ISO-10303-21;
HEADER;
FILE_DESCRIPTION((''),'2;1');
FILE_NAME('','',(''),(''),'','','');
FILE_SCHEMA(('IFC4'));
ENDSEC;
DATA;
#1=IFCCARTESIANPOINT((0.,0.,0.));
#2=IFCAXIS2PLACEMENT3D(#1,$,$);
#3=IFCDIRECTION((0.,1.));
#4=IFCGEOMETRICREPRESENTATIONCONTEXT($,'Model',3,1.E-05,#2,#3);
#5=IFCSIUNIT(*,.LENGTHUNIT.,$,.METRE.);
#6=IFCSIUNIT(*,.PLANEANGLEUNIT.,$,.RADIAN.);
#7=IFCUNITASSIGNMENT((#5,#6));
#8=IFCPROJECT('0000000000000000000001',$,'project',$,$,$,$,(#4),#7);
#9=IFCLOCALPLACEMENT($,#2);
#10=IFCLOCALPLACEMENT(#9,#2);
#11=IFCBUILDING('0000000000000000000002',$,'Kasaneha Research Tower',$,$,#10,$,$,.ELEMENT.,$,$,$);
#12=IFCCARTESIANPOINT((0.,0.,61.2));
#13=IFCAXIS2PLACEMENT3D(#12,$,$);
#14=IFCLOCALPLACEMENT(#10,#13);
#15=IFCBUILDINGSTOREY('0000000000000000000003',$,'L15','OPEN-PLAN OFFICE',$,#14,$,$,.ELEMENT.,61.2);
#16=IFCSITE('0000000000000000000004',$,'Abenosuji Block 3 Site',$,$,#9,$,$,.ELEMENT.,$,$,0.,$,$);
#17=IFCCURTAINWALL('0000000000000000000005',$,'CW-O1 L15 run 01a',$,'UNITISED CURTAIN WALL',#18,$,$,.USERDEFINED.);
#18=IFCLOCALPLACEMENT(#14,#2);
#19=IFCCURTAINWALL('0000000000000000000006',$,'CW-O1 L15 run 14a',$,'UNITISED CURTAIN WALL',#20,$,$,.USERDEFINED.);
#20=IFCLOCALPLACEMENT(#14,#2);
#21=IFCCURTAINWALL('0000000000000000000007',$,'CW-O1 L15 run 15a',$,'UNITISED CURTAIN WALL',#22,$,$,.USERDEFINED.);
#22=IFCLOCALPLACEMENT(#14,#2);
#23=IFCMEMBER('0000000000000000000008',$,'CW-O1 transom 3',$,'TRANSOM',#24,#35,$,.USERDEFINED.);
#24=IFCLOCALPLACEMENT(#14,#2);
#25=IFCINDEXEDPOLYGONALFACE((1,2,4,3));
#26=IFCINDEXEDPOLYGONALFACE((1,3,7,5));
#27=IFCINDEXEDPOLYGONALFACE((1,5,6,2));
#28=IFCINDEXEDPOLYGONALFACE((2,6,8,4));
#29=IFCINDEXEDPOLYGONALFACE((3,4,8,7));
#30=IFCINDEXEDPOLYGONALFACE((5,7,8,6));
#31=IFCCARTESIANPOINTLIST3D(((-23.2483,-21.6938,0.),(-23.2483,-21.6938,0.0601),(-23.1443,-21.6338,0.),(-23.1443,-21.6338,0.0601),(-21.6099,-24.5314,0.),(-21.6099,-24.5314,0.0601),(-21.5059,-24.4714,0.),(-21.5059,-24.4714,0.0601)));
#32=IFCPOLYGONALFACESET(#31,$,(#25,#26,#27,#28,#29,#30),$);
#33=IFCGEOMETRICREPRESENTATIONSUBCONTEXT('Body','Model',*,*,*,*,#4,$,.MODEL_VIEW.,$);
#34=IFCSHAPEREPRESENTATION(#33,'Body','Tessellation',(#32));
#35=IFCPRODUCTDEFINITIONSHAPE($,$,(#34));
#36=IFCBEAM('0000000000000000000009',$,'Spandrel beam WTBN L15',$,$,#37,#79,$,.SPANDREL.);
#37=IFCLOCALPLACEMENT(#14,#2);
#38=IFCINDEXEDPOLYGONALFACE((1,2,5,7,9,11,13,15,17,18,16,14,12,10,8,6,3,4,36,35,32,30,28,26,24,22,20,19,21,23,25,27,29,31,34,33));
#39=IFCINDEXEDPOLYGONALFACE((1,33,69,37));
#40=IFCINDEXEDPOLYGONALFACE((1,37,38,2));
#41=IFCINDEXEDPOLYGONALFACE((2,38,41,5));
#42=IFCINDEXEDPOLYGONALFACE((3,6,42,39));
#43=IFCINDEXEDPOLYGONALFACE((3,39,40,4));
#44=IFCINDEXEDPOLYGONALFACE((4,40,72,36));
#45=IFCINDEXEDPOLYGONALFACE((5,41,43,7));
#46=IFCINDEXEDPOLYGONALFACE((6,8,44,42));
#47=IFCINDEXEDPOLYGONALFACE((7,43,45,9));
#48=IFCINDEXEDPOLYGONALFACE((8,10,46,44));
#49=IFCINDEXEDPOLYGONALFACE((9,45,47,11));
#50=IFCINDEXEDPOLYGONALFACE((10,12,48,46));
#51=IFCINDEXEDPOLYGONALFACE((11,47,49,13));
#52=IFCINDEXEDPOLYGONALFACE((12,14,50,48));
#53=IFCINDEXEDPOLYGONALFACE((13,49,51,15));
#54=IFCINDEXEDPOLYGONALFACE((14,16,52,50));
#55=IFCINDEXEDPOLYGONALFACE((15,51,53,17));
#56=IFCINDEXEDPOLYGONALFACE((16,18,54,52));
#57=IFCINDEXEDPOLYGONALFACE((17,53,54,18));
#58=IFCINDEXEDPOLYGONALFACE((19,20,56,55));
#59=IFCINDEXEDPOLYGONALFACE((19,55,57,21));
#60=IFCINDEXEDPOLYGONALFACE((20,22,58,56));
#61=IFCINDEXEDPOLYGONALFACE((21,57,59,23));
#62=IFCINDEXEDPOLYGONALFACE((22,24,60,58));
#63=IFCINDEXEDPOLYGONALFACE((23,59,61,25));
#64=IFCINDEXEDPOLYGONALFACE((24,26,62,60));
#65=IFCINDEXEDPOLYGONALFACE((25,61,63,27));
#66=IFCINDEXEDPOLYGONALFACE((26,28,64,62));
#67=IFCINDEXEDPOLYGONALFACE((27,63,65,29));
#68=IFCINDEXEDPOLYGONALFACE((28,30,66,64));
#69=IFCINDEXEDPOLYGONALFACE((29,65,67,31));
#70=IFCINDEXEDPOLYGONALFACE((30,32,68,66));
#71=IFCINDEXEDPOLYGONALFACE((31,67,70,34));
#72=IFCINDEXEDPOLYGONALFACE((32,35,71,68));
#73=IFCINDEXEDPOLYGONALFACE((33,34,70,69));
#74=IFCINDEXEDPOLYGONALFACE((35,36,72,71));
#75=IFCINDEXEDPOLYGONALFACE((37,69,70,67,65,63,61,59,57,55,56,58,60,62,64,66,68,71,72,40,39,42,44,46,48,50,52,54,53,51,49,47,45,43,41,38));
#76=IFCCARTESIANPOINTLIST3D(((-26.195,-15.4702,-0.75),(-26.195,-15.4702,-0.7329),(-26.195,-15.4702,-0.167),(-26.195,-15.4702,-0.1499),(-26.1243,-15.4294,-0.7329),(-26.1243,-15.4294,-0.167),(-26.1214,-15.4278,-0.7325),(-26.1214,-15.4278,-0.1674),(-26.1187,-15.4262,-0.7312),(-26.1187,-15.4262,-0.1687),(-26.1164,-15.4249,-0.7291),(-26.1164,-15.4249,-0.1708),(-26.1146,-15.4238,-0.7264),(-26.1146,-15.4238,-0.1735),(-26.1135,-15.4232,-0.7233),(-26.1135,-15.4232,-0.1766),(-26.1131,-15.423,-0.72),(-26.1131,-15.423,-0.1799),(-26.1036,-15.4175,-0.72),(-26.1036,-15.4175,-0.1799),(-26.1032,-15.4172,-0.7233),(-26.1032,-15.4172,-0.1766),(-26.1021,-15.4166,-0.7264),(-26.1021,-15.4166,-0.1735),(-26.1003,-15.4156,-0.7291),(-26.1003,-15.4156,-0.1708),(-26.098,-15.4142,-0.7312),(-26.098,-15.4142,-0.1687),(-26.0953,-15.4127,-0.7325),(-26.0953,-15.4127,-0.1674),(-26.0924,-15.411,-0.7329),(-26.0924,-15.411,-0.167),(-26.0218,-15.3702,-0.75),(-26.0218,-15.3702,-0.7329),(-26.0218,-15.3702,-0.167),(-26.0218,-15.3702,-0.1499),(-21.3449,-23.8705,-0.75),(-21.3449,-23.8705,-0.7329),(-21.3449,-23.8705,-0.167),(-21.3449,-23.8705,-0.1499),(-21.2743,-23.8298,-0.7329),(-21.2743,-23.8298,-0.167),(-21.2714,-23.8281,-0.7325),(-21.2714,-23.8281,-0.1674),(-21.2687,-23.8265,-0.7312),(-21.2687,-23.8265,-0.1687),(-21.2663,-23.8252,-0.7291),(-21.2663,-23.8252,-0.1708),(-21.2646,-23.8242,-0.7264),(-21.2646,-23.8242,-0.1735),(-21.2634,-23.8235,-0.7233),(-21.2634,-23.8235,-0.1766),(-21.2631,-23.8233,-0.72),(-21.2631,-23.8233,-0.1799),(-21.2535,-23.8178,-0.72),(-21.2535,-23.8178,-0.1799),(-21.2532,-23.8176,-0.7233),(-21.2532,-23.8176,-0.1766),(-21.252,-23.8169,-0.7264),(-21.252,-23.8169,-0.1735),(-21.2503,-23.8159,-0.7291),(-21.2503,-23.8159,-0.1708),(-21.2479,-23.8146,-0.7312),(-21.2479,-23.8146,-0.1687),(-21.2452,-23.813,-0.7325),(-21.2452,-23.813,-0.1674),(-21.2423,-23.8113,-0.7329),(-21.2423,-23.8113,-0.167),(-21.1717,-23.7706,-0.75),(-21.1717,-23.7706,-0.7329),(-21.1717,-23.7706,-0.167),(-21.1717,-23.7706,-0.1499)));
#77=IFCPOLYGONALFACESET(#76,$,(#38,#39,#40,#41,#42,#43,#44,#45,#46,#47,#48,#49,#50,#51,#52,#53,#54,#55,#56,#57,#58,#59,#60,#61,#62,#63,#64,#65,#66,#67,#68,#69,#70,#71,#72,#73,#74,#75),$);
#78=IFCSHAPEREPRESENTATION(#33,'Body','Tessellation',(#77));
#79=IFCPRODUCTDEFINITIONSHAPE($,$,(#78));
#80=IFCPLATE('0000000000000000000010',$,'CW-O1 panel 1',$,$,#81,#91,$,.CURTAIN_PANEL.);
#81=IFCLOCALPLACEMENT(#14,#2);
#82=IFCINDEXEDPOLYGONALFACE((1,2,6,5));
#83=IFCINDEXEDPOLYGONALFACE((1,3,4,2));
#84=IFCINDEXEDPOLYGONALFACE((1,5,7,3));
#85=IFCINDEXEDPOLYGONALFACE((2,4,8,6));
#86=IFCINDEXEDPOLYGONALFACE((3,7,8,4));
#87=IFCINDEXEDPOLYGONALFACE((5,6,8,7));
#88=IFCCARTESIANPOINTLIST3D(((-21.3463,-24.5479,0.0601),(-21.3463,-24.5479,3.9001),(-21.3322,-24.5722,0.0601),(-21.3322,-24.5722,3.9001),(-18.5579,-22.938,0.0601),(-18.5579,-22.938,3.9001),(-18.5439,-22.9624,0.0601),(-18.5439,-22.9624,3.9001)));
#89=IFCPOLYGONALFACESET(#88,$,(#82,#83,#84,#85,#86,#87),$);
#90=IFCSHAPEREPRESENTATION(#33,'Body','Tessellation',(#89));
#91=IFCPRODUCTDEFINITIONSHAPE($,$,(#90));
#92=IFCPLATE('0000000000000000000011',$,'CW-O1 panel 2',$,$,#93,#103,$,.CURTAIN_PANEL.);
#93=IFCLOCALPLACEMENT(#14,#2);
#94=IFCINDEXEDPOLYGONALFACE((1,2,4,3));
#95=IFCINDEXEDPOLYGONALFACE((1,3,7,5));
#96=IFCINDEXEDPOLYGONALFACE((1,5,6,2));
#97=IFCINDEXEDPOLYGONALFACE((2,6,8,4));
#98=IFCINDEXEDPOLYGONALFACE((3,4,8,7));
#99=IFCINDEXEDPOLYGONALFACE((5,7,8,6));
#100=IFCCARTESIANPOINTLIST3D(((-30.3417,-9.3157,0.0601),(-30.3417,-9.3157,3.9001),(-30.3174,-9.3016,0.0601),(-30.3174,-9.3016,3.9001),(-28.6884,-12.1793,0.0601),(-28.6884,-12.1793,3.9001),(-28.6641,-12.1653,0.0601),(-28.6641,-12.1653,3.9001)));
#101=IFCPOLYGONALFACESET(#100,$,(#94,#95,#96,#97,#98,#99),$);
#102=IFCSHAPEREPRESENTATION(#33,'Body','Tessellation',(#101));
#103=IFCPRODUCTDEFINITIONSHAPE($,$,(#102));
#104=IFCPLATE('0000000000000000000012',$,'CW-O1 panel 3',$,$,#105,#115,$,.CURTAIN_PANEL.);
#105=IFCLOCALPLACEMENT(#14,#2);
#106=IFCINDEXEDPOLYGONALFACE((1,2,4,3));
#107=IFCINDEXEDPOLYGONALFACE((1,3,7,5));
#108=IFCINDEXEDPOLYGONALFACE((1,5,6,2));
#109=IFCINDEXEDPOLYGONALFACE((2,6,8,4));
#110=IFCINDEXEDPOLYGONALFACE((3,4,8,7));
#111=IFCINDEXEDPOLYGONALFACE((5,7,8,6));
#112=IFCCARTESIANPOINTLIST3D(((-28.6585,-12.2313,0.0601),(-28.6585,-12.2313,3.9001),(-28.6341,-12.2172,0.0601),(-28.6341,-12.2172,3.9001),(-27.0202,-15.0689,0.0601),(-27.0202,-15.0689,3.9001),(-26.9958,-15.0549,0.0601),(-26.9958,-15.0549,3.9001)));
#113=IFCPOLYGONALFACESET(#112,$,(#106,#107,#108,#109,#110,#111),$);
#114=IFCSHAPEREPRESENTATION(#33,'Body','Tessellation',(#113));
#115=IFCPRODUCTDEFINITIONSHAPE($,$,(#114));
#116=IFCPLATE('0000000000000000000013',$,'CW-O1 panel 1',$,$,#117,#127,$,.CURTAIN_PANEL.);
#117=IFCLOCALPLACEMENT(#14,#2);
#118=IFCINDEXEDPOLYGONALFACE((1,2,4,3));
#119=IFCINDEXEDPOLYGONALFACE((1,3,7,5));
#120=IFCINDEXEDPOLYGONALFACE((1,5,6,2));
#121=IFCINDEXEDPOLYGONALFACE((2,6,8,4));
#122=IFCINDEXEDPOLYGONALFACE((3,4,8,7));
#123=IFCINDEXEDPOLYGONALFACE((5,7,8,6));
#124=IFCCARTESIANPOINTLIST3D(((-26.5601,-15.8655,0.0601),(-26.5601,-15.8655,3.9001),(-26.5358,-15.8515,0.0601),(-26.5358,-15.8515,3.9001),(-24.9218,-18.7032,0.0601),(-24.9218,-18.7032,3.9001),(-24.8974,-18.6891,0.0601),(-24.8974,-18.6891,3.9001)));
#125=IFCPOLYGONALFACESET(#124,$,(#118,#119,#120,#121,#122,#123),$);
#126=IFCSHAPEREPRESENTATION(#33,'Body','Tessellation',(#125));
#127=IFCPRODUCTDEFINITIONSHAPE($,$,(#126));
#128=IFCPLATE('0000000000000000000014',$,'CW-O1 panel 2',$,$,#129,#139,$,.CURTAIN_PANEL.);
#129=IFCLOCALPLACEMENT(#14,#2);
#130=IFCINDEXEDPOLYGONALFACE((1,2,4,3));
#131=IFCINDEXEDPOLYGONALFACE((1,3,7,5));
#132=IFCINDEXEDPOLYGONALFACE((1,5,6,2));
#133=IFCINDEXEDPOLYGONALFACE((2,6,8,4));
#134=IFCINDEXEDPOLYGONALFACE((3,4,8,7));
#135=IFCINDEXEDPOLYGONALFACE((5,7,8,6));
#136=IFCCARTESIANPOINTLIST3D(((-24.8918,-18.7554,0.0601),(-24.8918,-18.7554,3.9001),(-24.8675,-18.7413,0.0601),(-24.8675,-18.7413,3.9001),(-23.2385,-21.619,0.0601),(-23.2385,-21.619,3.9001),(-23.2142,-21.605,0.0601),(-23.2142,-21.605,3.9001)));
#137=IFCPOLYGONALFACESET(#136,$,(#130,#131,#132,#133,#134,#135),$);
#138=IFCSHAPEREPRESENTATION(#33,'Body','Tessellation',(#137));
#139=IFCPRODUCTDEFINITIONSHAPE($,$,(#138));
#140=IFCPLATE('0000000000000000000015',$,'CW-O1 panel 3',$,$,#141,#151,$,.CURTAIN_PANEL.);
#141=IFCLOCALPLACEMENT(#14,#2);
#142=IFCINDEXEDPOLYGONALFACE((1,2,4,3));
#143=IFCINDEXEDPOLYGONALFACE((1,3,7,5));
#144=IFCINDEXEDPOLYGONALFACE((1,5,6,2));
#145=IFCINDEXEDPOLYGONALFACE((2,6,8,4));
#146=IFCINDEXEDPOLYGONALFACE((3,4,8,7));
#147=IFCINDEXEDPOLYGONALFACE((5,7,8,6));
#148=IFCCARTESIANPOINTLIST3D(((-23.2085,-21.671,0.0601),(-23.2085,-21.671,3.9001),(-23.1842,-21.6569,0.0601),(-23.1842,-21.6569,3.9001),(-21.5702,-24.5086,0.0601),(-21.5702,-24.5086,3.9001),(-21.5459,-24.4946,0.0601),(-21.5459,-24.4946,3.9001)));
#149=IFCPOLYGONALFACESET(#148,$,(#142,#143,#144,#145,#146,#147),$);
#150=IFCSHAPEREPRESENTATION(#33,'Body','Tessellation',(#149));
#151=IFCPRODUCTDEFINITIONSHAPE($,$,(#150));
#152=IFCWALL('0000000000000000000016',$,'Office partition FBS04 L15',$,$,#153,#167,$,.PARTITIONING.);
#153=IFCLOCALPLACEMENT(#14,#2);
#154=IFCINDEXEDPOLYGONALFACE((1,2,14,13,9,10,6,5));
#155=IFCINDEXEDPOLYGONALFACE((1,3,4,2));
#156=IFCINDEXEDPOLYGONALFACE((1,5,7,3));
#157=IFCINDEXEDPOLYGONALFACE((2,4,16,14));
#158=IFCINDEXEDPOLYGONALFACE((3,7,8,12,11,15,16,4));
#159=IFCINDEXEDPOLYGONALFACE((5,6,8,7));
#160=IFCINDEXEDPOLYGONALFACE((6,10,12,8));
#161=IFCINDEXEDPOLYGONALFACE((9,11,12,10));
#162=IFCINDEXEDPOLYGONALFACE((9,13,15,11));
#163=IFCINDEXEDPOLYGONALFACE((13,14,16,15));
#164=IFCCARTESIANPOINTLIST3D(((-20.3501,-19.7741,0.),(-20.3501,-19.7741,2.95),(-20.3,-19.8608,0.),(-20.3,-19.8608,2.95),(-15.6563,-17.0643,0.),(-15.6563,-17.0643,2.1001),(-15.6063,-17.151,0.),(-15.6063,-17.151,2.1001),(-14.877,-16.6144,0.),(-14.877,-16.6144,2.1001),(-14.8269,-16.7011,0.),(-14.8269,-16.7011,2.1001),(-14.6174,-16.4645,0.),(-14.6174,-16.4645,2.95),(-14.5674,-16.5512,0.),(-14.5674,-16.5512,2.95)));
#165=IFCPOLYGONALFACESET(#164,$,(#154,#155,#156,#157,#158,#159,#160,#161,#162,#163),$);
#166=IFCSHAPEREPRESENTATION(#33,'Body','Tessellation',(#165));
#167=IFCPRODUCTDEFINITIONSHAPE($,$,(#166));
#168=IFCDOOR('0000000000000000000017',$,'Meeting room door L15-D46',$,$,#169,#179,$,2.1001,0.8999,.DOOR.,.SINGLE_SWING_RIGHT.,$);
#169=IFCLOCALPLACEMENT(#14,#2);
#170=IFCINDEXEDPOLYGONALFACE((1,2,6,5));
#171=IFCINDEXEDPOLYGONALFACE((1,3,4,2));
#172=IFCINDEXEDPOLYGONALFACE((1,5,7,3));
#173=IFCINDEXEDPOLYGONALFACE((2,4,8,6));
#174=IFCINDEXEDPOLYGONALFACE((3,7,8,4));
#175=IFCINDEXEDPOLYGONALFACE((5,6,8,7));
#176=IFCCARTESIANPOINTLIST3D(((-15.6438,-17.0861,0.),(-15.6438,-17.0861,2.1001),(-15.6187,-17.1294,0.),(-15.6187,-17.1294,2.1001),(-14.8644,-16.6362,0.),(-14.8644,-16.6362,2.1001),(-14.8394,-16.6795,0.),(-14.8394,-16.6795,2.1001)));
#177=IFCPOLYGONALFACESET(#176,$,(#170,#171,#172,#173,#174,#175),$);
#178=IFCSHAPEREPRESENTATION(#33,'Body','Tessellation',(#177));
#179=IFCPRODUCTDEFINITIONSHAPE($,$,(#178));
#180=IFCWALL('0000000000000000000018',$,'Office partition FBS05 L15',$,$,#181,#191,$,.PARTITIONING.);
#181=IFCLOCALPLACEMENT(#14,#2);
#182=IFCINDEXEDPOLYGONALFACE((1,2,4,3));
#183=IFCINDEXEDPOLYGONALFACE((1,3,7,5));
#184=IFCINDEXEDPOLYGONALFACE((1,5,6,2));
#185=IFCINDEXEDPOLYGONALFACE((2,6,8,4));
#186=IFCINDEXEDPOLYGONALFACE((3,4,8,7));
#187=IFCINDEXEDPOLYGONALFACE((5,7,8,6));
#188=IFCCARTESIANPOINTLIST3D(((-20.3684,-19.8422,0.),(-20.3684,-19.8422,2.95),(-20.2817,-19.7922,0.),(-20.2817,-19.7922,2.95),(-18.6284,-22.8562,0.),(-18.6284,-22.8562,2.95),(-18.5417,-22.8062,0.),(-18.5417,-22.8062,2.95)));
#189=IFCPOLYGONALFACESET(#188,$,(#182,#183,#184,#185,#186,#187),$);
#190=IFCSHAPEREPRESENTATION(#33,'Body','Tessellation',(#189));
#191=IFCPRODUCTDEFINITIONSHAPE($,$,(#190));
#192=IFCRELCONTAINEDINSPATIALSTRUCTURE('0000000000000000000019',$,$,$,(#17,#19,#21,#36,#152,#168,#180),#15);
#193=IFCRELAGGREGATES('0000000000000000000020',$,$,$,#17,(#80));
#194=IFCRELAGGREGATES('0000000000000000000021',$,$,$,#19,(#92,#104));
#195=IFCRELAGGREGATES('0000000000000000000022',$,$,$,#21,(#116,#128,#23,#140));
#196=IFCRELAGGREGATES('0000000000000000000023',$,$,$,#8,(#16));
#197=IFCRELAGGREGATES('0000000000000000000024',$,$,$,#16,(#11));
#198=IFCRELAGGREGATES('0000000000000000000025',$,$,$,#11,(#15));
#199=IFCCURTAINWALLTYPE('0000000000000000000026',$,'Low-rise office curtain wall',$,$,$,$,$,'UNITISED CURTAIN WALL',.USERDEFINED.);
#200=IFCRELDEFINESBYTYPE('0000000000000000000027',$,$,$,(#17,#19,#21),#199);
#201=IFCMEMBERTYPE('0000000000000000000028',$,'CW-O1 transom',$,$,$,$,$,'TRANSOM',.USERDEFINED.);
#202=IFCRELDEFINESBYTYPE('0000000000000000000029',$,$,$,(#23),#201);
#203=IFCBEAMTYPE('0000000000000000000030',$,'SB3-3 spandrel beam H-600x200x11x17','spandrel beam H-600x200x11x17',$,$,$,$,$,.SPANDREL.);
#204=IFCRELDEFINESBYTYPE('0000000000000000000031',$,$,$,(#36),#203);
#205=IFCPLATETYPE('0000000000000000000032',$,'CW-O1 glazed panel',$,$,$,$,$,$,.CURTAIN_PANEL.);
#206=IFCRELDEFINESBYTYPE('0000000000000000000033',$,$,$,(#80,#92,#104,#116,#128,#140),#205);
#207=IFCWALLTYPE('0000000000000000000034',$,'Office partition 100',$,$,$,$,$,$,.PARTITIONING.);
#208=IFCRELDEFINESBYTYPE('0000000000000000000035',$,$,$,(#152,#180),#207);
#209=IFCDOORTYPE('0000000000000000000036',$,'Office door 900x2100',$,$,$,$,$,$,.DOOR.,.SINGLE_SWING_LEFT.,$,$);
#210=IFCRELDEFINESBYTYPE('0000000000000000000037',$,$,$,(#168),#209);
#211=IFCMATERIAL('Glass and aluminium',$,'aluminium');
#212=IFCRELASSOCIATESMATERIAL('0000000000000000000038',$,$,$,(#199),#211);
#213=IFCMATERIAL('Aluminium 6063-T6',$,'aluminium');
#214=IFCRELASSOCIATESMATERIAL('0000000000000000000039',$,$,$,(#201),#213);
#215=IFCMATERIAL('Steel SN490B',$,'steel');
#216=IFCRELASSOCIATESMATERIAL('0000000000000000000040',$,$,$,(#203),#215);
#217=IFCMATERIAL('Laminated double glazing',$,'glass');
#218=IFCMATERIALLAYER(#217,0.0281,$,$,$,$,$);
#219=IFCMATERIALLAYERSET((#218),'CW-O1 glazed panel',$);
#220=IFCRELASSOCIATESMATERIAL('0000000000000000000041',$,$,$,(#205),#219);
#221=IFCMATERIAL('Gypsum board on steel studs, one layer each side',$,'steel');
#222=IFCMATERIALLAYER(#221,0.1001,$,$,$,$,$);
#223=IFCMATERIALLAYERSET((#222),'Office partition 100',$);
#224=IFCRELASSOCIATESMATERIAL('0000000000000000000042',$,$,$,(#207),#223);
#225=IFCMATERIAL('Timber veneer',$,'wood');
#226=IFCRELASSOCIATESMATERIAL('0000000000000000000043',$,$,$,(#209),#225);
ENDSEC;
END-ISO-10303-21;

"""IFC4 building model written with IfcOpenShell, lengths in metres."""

from ifc_helpers import new_model, si_unit, direction, frame, frame_2d, origin, origin_2d, place, context, subcontext, project, spatial, rectangle, i_section, extrude, material, layer, layer_set, material_profile, profile_set, type_object, element, fill, aggregate, save


model = new_model("IFC4")

# Units and contexts
model_context = context("Model", 3, precision=1e-05, world=origin(), true_north=direction((0.0, 1.0)))
body_context = subcontext(model_context, "Body", "Model", "MODEL_VIEW")
ifc_project = project(units=[si_unit("LENGTHUNIT", "METRE"), si_unit("PLANEANGLEUNIT", "RADIAN")], contexts=[model_context])

# Site, building, storey
site_placement = place(None, origin())
site = spatial("IfcSite", under=ifc_project, at=site_placement, Name="Abenosuji Block 3 Site", CompositionType="ELEMENT", RefElevation=0.0)
building_placement = place(site_placement, origin())
building = spatial("IfcBuilding", under=site, at=building_placement, Name="Kasaneha Research Tower", CompositionType="ELEMENT")
storey_placement = place(building_placement, frame((0.0, 0.0, 61.2)))
storey = spatial("IfcBuildingStorey", under=building, at=storey_placement, Name="L15", Description="OPEN-PLAN OFFICE", CompositionType="ELEMENT", Elevation=61.2)

# Curtain wall
ifc_material_1 = material(Name="Glass and aluminium", Category="aluminium")
curtain_wall_type = type_object("IfcCurtainWallType", Name="Low-rise office curtain wall", ElementType="UNITISED CURTAIN WALL", PredefinedType="USERDEFINED", material=ifc_material_1)
curtain_wall_1_placement = place(storey_placement, origin())
curtain_wall_1 = element("IfcCurtainWall", 1, at=curtain_wall_1_placement, inside=storey, type_object=curtain_wall_type, Name="CW-O1 L15 run 01a", ObjectType="UNITISED CURTAIN WALL", PredefinedType="USERDEFINED")

# Curtain walls
curtain_wall_2_placement = place(storey_placement, origin())
curtain_wall_2 = element("IfcCurtainWall", 2, at=curtain_wall_2_placement, inside=storey, type_object=curtain_wall_type, Name="CW-O1 L15 run 14a", ObjectType="UNITISED CURTAIN WALL", PredefinedType="USERDEFINED")
curtain_wall_3_placement = place(storey_placement, origin())
curtain_wall_3 = element("IfcCurtainWall", 3, at=curtain_wall_3_placement, inside=storey, type_object=curtain_wall_type, Name="CW-O1 L15 run 15a", ObjectType="UNITISED CURTAIN WALL", PredefinedType="USERDEFINED")

# Member
ifc_material_2 = material(Name="Aluminium 6063-T6", Category="aluminium")
ifc_material_profile_1 = material_profile(ifc_material_2, rectangle(XDim=0.1201, YDim=0.0601, at=origin_2d()), Name="CW-O1 transom 120x60")
ifc_profile_set_1 = profile_set([ifc_material_profile_1], Name="Aluminium 6063-T6")
member_type_1 = type_object("IfcMemberType", Name="CW-O1 transom", ElementType="TRANSOM", PredefinedType="USERDEFINED", material=ifc_profile_set_1)
member_1_placement = place(storey_placement, frame((-23.1963, -21.6638, 0.03), z_axis=(0.500026, -0.866011, 0.0), x_axis=(0.866011, 0.500026, 0.0)))
member_1 = element("IfcMember", 4, at=member_1_placement, type_object=member_type_1, Name="CW-O1 transom 3", ObjectType="TRANSOM", PredefinedType="USERDEFINED", context=body_context, shape_type="SweptSolid", body=[
    extrude(rectangle(XDim=0.1201, YDim=0.0601, at=origin_2d()), origin(), (0.0, 0.0, 1.0), 3.2766),
])

# Beam
ifc_material_3 = material(Name="Steel SN490B", Category="steel")
ifc_material_profile_2 = material_profile(ifc_material_3, i_section(OverallWidth=0.2, OverallDepth=0.6001, WebThickness=0.011, FlangeThickness=0.0171, FilletRadius=0.0129, at=origin_2d()), Name="H-600x200x11x17")
ifc_profile_set_2 = profile_set([ifc_material_profile_2], Name="Steel SN490B")
beam_type = type_object("IfcBeamType", Name="SB3-3 spandrel beam H-600x200x11x17", Description="spandrel beam H-600x200x11x17", PredefinedType="SPANDREL", material=ifc_profile_set_2)
beam_placement = place(storey_placement, frame((-21.2583, -23.8206, -0.45), z_axis=(-0.50001, 0.86602, 0.0), x_axis=(-0.86602, -0.50001, 0.0)))
element("IfcBeam", 5, at=beam_placement, inside=storey, type_object=beam_type, Name="Spandrel beam WTBN L15", PredefinedType="SPANDREL", context=body_context, shape_type="SweptSolid", body=[
    extrude(i_section(OverallWidth=0.2, OverallDepth=0.6001, WebThickness=0.011, FlangeThickness=0.0171, FilletRadius=0.0129, at=origin_2d()), origin(), (0.0, 0.0, 1.0), 9.7),
])

# Plates
ifc_material_4 = material(Name="Laminated double glazing", Category="glass")
ifc_layer_1 = layer(ifc_material_4, 0.0281)
ifc_layer_set_1 = layer_set([ifc_layer_1], Name="CW-O1 glazed panel")
plate_type = type_object("IfcPlateType", Name="CW-O1 glazed panel", PredefinedType="CURTAIN_PANEL", material=ifc_layer_set_1)
plate_1_placement = place(storey_placement, frame((-19.9451, -23.7551, 0.0601), z_axis=(0.0, 0.0, 1.0), x_axis=(0.866025, 0.5, 0.0)))
plate_1 = element("IfcPlate", 6, at=plate_1_placement, type_object=plate_type, Name="CW-O1 panel 1", PredefinedType="CURTAIN_PANEL", context=body_context, shape_type="SweptSolid", body=[
    extrude(rectangle(XDim=3.2197, YDim=0.0281, at=origin_2d()), origin(), (0.0, 0.0, 1.0), 3.8401),
])
aggregate(curtain_wall_1, [plate_1])
plate_2_placement = place(storey_placement, frame((-29.5029, -10.7405, 0.0601), z_axis=(0.0, 0.0, 1.0), x_axis=(0.5, -0.866025, 0.0)))
plate_2 = element("IfcPlate", 7, at=plate_2_placement, type_object=plate_type, Name="CW-O1 panel 2", PredefinedType="CURTAIN_PANEL", context=body_context, shape_type="SweptSolid", body=[
    extrude(rectangle(XDim=3.3066, YDim=0.0281, at=origin_2d()), origin(), (0.0, 0.0, 1.0), 3.8401),
])
plate_3_placement = place(storey_placement, frame((-27.8271, -13.6431, 0.0601), z_axis=(0.0, 0.0, 1.0), x_axis=(0.5, -0.866025, 0.0)))
plate_3 = element("IfcPlate", 8, at=plate_3_placement, type_object=plate_type, Name="CW-O1 panel 3", PredefinedType="CURTAIN_PANEL", context=body_context, shape_type="SweptSolid", body=[
    extrude(rectangle(XDim=3.2766, YDim=0.0281, at=origin_2d()), origin(), (0.0, 0.0, 1.0), 3.8401),
])
aggregate(curtain_wall_2, [plate_2, plate_3])
plate_4_placement = place(storey_placement, frame((-25.7288, -17.2773, 0.0601), z_axis=(0.0, 0.0, 1.0), x_axis=(0.5, -0.866025, 0.0)))
plate_4 = element("IfcPlate", 9, at=plate_4_placement, type_object=plate_type, Name="CW-O1 panel 1", PredefinedType="CURTAIN_PANEL", context=body_context, shape_type="SweptSolid", body=[
    extrude(rectangle(XDim=3.2766, YDim=0.0281, at=origin_2d()), origin(), (0.0, 0.0, 1.0), 3.8401),
])
plate_5_placement = place(storey_placement, frame((-24.053, -20.1802, 0.0601), z_axis=(0.0, 0.0, 1.0), x_axis=(0.5, -0.866025, 0.0)))
plate_5 = element("IfcPlate", 10, at=plate_5_placement, type_object=plate_type, Name="CW-O1 panel 2", PredefinedType="CURTAIN_PANEL", context=body_context, shape_type="SweptSolid", body=[
    extrude(rectangle(XDim=3.3066, YDim=0.0281, at=origin_2d()), origin(), (0.0, 0.0, 1.0), 3.8401),
])
plate_6_placement = place(storey_placement, frame((-22.3772, -23.0828, 0.0601), z_axis=(0.0, 0.0, 1.0), x_axis=(0.5, -0.866025, 0.0)))
plate_6 = element("IfcPlate", 11, at=plate_6_placement, type_object=plate_type, Name="CW-O1 panel 3", PredefinedType="CURTAIN_PANEL", context=body_context, shape_type="SweptSolid", body=[
    extrude(rectangle(XDim=3.2766, YDim=0.0281, at=origin_2d()), origin(), (0.0, 0.0, 1.0), 3.8401),
])
aggregate(curtain_wall_3, [plate_4, plate_5, member_1, plate_6])

# Wall, opening, door
ifc_material_5 = material(Name="Gypsum board on steel studs, one layer each side", Category="steel")
ifc_layer_2 = layer(ifc_material_5, 0.1001)
ifc_layer_set_2 = layer_set([ifc_layer_2], Name="Office partition 100")
wall_type = type_object("IfcWallType", Name="Office partition 100", PredefinedType="PARTITIONING", material=ifc_layer_set_2)
wall_1_placement = place(storey_placement, frame((-20.325, -19.8174, 0.0), z_axis=(0.0, 0.0, 1.0), x_axis=(0.866038, 0.499979, 0.0)))
wall_1 = element("IfcWall", 12, at=wall_1_placement, inside=storey, type_object=wall_type, Name="Office partition FBS04 L15", PredefinedType="PARTITIONING", context=body_context, shape_type="SweptSolid", body=[
    extrude(rectangle(XDim=6.6194, YDim=0.1001, at=frame_2d((3.3096, 0.0))), origin(), (0.0, 0.0, 1.0), 2.95),
])
opening_placement = place(wall_1_placement, frame((5.4197, 0.0, 0.0)))
opening = element("IfcOpeningElement", 13, at=opening_placement, cuts=wall_1, PredefinedType="OPENING", context=body_context, shape_type="SweptSolid", body=[
    extrude(rectangle(XDim=0.8999, YDim=2.1001, at=frame_2d((0.45, 1.05))), frame((0.0, 0.0601, 0.0), z_axis=(0.0, -1.0, 0.0), x_axis=(1.0, 0.0, 0.0)), (0.0, 0.0, 1.0), 0.1201),
])
ifc_material_6 = material(Name="Timber veneer", Category="wood")
door_type = type_object("IfcDoorType", Name="Office door 900x2100", OperationType="SINGLE_SWING_LEFT", PredefinedType="DOOR", material=ifc_material_6)
door_placement = place(opening_placement, origin())
door = element("IfcDoor", 14, at=door_placement, inside=storey, type_object=door_type, Name="Meeting room door L15-D46", OperationType="SINGLE_SWING_RIGHT", OverallHeight=2.1001, OverallWidth=0.8999, PredefinedType="DOOR", context=body_context, shape_type="SweptSolid", body=[
    extrude(rectangle(XDim=0.8999, YDim=2.1001, at=frame_2d((0.45, 1.05))), frame((0.0, 0.0249, 0.0), z_axis=(0.0, -1.0, 0.0), x_axis=(1.0, 0.0, 0.0)), (0.0, 0.0, 1.0), 0.05),
])
fill(opening, door)

# Wall
wall_2_placement = place(storey_placement, frame((-18.585, -22.8313, 0.0), z_axis=(0.0, 0.0, 1.0), x_axis=(-0.49998, 0.866037, 0.0)))
element("IfcWall", 15, at=wall_2_placement, inside=storey, type_object=wall_type, Name="Office partition FBS05 L15", PredefinedType="PARTITIONING", context=body_context, shape_type="SweptSolid", body=[
    extrude(rectangle(XDim=3.4802, YDim=0.1001, at=frame_2d((1.7402, 0.0))), origin(), (0.0, 0.0, 1.0), 2.95),
])

save(model, "model.ifc")
